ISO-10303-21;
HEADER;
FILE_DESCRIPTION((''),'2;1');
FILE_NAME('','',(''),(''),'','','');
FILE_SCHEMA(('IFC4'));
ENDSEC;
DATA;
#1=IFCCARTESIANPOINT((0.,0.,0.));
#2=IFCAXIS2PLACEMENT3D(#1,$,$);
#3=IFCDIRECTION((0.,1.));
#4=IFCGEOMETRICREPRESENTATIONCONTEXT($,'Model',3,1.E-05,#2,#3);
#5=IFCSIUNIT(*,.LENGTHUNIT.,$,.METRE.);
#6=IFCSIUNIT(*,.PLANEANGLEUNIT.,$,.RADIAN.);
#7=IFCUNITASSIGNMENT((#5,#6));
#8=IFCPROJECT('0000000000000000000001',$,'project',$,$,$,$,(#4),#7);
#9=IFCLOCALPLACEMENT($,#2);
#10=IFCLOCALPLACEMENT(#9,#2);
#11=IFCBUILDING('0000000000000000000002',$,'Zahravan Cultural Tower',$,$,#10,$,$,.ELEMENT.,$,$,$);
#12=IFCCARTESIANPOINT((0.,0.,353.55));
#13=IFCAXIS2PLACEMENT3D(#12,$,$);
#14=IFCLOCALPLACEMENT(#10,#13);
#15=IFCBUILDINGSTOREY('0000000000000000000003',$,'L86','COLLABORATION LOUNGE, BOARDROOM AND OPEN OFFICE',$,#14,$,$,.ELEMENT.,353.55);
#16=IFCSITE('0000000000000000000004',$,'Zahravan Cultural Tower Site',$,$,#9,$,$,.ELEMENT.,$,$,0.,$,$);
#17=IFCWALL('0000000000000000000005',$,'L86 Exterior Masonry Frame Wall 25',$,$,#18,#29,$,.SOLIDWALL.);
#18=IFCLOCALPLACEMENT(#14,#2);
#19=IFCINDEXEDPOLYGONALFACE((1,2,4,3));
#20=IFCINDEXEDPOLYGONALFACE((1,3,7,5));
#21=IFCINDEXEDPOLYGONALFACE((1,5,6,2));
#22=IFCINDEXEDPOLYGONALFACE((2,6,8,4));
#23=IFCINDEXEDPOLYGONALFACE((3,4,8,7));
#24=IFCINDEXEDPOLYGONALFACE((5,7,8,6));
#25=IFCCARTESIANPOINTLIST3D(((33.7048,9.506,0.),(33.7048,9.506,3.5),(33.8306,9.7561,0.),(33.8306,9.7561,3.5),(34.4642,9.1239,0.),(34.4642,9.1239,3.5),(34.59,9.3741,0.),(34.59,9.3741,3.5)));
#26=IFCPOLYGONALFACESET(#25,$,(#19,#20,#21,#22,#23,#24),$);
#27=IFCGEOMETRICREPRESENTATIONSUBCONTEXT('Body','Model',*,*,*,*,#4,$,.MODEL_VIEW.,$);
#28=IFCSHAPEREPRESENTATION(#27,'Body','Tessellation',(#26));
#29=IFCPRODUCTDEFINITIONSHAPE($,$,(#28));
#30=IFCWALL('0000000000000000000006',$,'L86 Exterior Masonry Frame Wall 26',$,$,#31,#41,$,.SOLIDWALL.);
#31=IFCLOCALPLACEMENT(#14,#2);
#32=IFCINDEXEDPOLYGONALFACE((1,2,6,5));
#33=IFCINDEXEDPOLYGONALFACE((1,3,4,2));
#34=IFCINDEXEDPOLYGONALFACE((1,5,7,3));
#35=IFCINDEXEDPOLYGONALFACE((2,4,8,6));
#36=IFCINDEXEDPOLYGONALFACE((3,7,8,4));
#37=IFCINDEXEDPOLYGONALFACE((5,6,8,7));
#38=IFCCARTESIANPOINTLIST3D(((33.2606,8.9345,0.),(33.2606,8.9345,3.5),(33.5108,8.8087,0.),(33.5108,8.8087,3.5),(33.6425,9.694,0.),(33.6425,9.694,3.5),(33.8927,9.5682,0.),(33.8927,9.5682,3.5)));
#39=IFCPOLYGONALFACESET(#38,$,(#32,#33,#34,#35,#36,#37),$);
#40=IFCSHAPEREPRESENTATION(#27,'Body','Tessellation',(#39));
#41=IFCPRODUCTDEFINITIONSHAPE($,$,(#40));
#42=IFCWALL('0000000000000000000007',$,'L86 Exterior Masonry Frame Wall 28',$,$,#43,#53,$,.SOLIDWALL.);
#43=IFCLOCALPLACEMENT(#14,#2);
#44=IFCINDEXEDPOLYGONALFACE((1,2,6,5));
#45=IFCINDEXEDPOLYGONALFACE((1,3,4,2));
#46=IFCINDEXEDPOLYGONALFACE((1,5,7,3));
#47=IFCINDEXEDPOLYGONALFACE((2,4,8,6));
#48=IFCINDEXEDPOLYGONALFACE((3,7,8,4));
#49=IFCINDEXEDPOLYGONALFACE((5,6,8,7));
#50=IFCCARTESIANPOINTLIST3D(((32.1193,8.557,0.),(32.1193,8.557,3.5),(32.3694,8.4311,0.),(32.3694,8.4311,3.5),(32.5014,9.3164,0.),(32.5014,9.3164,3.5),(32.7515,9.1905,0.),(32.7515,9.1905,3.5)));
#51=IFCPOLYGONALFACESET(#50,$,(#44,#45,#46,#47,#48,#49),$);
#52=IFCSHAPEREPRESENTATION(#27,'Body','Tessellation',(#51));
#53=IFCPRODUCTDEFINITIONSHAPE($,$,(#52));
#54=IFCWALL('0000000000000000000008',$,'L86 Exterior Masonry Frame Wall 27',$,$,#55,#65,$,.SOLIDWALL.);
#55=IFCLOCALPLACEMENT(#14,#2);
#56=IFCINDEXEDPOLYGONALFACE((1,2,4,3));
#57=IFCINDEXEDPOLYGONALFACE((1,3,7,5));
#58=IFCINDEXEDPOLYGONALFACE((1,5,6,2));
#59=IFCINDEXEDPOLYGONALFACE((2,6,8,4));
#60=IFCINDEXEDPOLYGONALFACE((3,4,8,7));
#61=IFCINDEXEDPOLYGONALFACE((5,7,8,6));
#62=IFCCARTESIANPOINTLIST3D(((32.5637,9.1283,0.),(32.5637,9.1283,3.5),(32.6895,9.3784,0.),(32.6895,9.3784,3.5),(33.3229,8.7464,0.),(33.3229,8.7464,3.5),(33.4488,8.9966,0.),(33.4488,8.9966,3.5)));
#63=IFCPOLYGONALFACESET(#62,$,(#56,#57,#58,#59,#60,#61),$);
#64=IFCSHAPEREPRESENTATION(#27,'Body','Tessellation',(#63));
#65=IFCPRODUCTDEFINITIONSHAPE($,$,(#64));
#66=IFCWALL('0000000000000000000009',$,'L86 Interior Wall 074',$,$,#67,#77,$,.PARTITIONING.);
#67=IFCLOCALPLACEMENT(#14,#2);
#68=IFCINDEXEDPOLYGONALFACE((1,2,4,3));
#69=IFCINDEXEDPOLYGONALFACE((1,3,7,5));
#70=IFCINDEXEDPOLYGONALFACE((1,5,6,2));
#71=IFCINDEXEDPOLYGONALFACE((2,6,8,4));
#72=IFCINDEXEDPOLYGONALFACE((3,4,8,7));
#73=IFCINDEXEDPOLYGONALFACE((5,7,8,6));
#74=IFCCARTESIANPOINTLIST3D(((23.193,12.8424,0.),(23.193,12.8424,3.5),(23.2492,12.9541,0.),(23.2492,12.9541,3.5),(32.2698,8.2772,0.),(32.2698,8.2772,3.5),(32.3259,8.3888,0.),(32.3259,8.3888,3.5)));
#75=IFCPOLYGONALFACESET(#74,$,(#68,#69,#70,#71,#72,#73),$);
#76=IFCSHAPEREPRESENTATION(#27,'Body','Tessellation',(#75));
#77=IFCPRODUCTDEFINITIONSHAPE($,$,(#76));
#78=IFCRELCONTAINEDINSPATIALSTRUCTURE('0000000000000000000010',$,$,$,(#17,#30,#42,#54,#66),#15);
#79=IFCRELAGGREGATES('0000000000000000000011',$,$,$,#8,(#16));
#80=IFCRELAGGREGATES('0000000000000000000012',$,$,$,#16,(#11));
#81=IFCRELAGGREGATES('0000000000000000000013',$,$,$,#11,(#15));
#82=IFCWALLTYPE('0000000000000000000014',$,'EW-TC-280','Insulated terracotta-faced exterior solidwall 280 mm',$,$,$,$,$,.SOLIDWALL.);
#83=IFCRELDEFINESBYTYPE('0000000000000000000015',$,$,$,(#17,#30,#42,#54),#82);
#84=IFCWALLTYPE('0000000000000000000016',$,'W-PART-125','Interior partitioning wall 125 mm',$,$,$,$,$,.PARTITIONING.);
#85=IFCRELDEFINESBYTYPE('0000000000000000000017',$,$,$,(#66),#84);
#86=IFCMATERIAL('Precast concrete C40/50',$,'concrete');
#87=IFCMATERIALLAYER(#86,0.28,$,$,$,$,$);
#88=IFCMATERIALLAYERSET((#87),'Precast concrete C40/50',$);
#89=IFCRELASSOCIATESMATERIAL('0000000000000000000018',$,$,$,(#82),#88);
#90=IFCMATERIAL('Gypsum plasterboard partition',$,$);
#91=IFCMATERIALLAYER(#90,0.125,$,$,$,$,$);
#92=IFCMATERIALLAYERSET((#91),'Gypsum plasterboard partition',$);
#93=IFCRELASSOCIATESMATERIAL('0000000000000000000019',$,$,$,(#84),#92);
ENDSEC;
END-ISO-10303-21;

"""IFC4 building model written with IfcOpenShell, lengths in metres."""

from ifc_helpers import new_model, si_unit, direction, frame, frame_2d, origin, place, context, subcontext, project, spatial, rectangle, extrude, source, transform, mapped, material, layer, layer_set, type_object, element, save


model = new_model("IFC4")

# Units and contexts
model_context = context("Model", 3, precision=1e-05, world=origin(), true_north=direction((0.0, 1.0)))
body_context = subcontext(model_context, "Body", "Model", "MODEL_VIEW")
ifc_project = project(units=[si_unit("LENGTHUNIT", "METRE"), si_unit("PLANEANGLEUNIT", "RADIAN")], contexts=[model_context])

# Site, building, storey
site_placement = place(None, origin())
site = spatial("IfcSite", under=ifc_project, at=site_placement, Name="Zahravan Cultural Tower Site", CompositionType="ELEMENT", RefElevation=0.0)
building_placement = place(site_placement, origin())
building = spatial("IfcBuilding", under=site, at=building_placement, Name="Zahravan Cultural Tower", CompositionType="ELEMENT")
storey_placement = place(building_placement, frame((0.0, 0.0, 353.55)))
storey = spatial("IfcBuildingStorey", under=building, at=storey_placement, Name="L86", Description="COLLABORATION LOUNGE, BOARDROOM AND OPEN OFFICE", CompositionType="ELEMENT", Elevation=353.55)

# Walls
ifc_material_1 = material(Name="Precast concrete C40/50", Category="concrete")
ifc_layer_1 = layer(ifc_material_1, 0.28)
ifc_layer_set_1 = layer_set([ifc_layer_1], Name="Precast concrete C40/50")
wall_type_1 = type_object("IfcWallType", Name="EW-TC-280", Description="Insulated terracotta-faced exterior solidwall 280 mm", PredefinedType="SOLIDWALL", material=ifc_layer_set_1)
shared_shape_1 = source(origin(), body_context, "Body", "SweptSolid", [
    extrude(rectangle(XDim=0.8501, YDim=0.28, at=frame_2d((0.425, 0.0))), origin(), (0.0, 0.0, 1.0), 3.5),
])
for number, where, z_axis, x_axis, name in (
    (1, (34.5271, 9.249, 0.0), (0.0, 0.0, 1.0), (-0.893333, 0.449395, 0.0), "L86 Exterior Masonry Frame Wall 25"),
    (2, (33.7676, 9.6311, 0.0), (0.0, 0.0, 1.0), (-0.449165, -0.893449, 0.0), "L86 Exterior Masonry Frame Wall 26"),
    (3, (32.6265, 9.2534, 0.0), (0.0, 0.0, 1.0), (-0.44951, -0.893275, 0.0), "L86 Exterior Masonry Frame Wall 28"),
):
    element("IfcWall", number, at=place(storey_placement, frame(where, z_axis=z_axis, x_axis=x_axis)), inside=storey, type_object=wall_type_1, Name=name, PredefinedType="SOLIDWALL", context=body_context, shape_type="MappedRepresentation", body=[
        mapped(shared_shape_1, transform((0.0, 0.0, 0.0), x_axis=(1.0, 0.0, 0.0), y_axis=(0.0, 1.0, 0.0), z_axis=(0.0, 0.0, 1.0), scale=1.0)),
    ])
shared_shape_2 = source(origin(), body_context, "Body", "SweptSolid", [
    extrude(rectangle(XDim=0.8499, YDim=0.28, at=frame_2d((0.4248, 0.0))), origin(), (0.0, 0.0, 1.0), 3.5),
])
wall_1_placement = place(storey_placement, frame((33.3857, 8.8716, 0.0), z_axis=(0.0, 0.0, 1.0), x_axis=(-0.893391, 0.449281, 0.0)))
element("IfcWall", 4, at=wall_1_placement, inside=storey, type_object=wall_type_1, Name="L86 Exterior Masonry Frame Wall 27", PredefinedType="SOLIDWALL", context=body_context, shape_type="MappedRepresentation", body=[
    mapped(shared_shape_2, transform((0.0, 0.0, 0.0), x_axis=(1.0, 0.0, 0.0), y_axis=(0.0, 1.0, 0.0), z_axis=(0.0, 0.0, 1.0), scale=1.0)),
])
ifc_material_2 = material(Name="Gypsum plasterboard partition")
ifc_layer_2 = layer(ifc_material_2, 0.125)
ifc_layer_set_2 = layer_set([ifc_layer_2], Name="Gypsum plasterboard partition")
wall_type_2 = type_object("IfcWallType", Name="W-PART-125", Description="Interior partitioning wall 125 mm", PredefinedType="PARTITIONING", material=ifc_layer_set_2)
shared_shape_3 = source(origin(), body_context, "Body", "SweptSolid", [
    extrude(rectangle(XDim=10.1602, YDim=0.125, at=frame_2d((5.0801, 0.0))), origin(), (0.0, 0.0, 1.0), 3.5),
])
wall_2_placement = place(storey_placement, frame((32.2979, 8.333, 0.0), z_axis=(0.0, 0.0, 1.0), x_axis=(-0.893367, 0.449327, 0.0)))
element("IfcWall", 5, at=wall_2_placement, inside=storey, type_object=wall_type_2, Name="L86 Interior Wall 074", PredefinedType="PARTITIONING", context=body_context, shape_type="MappedRepresentation", body=[
    mapped(shared_shape_3, transform((0.0, 0.0, 0.0), x_axis=(1.0, 0.0, 0.0), y_axis=(0.0, 1.0, 0.0), z_axis=(0.0, 0.0, 1.0), scale=1.0)),
])

save(model, "model.ifc")
